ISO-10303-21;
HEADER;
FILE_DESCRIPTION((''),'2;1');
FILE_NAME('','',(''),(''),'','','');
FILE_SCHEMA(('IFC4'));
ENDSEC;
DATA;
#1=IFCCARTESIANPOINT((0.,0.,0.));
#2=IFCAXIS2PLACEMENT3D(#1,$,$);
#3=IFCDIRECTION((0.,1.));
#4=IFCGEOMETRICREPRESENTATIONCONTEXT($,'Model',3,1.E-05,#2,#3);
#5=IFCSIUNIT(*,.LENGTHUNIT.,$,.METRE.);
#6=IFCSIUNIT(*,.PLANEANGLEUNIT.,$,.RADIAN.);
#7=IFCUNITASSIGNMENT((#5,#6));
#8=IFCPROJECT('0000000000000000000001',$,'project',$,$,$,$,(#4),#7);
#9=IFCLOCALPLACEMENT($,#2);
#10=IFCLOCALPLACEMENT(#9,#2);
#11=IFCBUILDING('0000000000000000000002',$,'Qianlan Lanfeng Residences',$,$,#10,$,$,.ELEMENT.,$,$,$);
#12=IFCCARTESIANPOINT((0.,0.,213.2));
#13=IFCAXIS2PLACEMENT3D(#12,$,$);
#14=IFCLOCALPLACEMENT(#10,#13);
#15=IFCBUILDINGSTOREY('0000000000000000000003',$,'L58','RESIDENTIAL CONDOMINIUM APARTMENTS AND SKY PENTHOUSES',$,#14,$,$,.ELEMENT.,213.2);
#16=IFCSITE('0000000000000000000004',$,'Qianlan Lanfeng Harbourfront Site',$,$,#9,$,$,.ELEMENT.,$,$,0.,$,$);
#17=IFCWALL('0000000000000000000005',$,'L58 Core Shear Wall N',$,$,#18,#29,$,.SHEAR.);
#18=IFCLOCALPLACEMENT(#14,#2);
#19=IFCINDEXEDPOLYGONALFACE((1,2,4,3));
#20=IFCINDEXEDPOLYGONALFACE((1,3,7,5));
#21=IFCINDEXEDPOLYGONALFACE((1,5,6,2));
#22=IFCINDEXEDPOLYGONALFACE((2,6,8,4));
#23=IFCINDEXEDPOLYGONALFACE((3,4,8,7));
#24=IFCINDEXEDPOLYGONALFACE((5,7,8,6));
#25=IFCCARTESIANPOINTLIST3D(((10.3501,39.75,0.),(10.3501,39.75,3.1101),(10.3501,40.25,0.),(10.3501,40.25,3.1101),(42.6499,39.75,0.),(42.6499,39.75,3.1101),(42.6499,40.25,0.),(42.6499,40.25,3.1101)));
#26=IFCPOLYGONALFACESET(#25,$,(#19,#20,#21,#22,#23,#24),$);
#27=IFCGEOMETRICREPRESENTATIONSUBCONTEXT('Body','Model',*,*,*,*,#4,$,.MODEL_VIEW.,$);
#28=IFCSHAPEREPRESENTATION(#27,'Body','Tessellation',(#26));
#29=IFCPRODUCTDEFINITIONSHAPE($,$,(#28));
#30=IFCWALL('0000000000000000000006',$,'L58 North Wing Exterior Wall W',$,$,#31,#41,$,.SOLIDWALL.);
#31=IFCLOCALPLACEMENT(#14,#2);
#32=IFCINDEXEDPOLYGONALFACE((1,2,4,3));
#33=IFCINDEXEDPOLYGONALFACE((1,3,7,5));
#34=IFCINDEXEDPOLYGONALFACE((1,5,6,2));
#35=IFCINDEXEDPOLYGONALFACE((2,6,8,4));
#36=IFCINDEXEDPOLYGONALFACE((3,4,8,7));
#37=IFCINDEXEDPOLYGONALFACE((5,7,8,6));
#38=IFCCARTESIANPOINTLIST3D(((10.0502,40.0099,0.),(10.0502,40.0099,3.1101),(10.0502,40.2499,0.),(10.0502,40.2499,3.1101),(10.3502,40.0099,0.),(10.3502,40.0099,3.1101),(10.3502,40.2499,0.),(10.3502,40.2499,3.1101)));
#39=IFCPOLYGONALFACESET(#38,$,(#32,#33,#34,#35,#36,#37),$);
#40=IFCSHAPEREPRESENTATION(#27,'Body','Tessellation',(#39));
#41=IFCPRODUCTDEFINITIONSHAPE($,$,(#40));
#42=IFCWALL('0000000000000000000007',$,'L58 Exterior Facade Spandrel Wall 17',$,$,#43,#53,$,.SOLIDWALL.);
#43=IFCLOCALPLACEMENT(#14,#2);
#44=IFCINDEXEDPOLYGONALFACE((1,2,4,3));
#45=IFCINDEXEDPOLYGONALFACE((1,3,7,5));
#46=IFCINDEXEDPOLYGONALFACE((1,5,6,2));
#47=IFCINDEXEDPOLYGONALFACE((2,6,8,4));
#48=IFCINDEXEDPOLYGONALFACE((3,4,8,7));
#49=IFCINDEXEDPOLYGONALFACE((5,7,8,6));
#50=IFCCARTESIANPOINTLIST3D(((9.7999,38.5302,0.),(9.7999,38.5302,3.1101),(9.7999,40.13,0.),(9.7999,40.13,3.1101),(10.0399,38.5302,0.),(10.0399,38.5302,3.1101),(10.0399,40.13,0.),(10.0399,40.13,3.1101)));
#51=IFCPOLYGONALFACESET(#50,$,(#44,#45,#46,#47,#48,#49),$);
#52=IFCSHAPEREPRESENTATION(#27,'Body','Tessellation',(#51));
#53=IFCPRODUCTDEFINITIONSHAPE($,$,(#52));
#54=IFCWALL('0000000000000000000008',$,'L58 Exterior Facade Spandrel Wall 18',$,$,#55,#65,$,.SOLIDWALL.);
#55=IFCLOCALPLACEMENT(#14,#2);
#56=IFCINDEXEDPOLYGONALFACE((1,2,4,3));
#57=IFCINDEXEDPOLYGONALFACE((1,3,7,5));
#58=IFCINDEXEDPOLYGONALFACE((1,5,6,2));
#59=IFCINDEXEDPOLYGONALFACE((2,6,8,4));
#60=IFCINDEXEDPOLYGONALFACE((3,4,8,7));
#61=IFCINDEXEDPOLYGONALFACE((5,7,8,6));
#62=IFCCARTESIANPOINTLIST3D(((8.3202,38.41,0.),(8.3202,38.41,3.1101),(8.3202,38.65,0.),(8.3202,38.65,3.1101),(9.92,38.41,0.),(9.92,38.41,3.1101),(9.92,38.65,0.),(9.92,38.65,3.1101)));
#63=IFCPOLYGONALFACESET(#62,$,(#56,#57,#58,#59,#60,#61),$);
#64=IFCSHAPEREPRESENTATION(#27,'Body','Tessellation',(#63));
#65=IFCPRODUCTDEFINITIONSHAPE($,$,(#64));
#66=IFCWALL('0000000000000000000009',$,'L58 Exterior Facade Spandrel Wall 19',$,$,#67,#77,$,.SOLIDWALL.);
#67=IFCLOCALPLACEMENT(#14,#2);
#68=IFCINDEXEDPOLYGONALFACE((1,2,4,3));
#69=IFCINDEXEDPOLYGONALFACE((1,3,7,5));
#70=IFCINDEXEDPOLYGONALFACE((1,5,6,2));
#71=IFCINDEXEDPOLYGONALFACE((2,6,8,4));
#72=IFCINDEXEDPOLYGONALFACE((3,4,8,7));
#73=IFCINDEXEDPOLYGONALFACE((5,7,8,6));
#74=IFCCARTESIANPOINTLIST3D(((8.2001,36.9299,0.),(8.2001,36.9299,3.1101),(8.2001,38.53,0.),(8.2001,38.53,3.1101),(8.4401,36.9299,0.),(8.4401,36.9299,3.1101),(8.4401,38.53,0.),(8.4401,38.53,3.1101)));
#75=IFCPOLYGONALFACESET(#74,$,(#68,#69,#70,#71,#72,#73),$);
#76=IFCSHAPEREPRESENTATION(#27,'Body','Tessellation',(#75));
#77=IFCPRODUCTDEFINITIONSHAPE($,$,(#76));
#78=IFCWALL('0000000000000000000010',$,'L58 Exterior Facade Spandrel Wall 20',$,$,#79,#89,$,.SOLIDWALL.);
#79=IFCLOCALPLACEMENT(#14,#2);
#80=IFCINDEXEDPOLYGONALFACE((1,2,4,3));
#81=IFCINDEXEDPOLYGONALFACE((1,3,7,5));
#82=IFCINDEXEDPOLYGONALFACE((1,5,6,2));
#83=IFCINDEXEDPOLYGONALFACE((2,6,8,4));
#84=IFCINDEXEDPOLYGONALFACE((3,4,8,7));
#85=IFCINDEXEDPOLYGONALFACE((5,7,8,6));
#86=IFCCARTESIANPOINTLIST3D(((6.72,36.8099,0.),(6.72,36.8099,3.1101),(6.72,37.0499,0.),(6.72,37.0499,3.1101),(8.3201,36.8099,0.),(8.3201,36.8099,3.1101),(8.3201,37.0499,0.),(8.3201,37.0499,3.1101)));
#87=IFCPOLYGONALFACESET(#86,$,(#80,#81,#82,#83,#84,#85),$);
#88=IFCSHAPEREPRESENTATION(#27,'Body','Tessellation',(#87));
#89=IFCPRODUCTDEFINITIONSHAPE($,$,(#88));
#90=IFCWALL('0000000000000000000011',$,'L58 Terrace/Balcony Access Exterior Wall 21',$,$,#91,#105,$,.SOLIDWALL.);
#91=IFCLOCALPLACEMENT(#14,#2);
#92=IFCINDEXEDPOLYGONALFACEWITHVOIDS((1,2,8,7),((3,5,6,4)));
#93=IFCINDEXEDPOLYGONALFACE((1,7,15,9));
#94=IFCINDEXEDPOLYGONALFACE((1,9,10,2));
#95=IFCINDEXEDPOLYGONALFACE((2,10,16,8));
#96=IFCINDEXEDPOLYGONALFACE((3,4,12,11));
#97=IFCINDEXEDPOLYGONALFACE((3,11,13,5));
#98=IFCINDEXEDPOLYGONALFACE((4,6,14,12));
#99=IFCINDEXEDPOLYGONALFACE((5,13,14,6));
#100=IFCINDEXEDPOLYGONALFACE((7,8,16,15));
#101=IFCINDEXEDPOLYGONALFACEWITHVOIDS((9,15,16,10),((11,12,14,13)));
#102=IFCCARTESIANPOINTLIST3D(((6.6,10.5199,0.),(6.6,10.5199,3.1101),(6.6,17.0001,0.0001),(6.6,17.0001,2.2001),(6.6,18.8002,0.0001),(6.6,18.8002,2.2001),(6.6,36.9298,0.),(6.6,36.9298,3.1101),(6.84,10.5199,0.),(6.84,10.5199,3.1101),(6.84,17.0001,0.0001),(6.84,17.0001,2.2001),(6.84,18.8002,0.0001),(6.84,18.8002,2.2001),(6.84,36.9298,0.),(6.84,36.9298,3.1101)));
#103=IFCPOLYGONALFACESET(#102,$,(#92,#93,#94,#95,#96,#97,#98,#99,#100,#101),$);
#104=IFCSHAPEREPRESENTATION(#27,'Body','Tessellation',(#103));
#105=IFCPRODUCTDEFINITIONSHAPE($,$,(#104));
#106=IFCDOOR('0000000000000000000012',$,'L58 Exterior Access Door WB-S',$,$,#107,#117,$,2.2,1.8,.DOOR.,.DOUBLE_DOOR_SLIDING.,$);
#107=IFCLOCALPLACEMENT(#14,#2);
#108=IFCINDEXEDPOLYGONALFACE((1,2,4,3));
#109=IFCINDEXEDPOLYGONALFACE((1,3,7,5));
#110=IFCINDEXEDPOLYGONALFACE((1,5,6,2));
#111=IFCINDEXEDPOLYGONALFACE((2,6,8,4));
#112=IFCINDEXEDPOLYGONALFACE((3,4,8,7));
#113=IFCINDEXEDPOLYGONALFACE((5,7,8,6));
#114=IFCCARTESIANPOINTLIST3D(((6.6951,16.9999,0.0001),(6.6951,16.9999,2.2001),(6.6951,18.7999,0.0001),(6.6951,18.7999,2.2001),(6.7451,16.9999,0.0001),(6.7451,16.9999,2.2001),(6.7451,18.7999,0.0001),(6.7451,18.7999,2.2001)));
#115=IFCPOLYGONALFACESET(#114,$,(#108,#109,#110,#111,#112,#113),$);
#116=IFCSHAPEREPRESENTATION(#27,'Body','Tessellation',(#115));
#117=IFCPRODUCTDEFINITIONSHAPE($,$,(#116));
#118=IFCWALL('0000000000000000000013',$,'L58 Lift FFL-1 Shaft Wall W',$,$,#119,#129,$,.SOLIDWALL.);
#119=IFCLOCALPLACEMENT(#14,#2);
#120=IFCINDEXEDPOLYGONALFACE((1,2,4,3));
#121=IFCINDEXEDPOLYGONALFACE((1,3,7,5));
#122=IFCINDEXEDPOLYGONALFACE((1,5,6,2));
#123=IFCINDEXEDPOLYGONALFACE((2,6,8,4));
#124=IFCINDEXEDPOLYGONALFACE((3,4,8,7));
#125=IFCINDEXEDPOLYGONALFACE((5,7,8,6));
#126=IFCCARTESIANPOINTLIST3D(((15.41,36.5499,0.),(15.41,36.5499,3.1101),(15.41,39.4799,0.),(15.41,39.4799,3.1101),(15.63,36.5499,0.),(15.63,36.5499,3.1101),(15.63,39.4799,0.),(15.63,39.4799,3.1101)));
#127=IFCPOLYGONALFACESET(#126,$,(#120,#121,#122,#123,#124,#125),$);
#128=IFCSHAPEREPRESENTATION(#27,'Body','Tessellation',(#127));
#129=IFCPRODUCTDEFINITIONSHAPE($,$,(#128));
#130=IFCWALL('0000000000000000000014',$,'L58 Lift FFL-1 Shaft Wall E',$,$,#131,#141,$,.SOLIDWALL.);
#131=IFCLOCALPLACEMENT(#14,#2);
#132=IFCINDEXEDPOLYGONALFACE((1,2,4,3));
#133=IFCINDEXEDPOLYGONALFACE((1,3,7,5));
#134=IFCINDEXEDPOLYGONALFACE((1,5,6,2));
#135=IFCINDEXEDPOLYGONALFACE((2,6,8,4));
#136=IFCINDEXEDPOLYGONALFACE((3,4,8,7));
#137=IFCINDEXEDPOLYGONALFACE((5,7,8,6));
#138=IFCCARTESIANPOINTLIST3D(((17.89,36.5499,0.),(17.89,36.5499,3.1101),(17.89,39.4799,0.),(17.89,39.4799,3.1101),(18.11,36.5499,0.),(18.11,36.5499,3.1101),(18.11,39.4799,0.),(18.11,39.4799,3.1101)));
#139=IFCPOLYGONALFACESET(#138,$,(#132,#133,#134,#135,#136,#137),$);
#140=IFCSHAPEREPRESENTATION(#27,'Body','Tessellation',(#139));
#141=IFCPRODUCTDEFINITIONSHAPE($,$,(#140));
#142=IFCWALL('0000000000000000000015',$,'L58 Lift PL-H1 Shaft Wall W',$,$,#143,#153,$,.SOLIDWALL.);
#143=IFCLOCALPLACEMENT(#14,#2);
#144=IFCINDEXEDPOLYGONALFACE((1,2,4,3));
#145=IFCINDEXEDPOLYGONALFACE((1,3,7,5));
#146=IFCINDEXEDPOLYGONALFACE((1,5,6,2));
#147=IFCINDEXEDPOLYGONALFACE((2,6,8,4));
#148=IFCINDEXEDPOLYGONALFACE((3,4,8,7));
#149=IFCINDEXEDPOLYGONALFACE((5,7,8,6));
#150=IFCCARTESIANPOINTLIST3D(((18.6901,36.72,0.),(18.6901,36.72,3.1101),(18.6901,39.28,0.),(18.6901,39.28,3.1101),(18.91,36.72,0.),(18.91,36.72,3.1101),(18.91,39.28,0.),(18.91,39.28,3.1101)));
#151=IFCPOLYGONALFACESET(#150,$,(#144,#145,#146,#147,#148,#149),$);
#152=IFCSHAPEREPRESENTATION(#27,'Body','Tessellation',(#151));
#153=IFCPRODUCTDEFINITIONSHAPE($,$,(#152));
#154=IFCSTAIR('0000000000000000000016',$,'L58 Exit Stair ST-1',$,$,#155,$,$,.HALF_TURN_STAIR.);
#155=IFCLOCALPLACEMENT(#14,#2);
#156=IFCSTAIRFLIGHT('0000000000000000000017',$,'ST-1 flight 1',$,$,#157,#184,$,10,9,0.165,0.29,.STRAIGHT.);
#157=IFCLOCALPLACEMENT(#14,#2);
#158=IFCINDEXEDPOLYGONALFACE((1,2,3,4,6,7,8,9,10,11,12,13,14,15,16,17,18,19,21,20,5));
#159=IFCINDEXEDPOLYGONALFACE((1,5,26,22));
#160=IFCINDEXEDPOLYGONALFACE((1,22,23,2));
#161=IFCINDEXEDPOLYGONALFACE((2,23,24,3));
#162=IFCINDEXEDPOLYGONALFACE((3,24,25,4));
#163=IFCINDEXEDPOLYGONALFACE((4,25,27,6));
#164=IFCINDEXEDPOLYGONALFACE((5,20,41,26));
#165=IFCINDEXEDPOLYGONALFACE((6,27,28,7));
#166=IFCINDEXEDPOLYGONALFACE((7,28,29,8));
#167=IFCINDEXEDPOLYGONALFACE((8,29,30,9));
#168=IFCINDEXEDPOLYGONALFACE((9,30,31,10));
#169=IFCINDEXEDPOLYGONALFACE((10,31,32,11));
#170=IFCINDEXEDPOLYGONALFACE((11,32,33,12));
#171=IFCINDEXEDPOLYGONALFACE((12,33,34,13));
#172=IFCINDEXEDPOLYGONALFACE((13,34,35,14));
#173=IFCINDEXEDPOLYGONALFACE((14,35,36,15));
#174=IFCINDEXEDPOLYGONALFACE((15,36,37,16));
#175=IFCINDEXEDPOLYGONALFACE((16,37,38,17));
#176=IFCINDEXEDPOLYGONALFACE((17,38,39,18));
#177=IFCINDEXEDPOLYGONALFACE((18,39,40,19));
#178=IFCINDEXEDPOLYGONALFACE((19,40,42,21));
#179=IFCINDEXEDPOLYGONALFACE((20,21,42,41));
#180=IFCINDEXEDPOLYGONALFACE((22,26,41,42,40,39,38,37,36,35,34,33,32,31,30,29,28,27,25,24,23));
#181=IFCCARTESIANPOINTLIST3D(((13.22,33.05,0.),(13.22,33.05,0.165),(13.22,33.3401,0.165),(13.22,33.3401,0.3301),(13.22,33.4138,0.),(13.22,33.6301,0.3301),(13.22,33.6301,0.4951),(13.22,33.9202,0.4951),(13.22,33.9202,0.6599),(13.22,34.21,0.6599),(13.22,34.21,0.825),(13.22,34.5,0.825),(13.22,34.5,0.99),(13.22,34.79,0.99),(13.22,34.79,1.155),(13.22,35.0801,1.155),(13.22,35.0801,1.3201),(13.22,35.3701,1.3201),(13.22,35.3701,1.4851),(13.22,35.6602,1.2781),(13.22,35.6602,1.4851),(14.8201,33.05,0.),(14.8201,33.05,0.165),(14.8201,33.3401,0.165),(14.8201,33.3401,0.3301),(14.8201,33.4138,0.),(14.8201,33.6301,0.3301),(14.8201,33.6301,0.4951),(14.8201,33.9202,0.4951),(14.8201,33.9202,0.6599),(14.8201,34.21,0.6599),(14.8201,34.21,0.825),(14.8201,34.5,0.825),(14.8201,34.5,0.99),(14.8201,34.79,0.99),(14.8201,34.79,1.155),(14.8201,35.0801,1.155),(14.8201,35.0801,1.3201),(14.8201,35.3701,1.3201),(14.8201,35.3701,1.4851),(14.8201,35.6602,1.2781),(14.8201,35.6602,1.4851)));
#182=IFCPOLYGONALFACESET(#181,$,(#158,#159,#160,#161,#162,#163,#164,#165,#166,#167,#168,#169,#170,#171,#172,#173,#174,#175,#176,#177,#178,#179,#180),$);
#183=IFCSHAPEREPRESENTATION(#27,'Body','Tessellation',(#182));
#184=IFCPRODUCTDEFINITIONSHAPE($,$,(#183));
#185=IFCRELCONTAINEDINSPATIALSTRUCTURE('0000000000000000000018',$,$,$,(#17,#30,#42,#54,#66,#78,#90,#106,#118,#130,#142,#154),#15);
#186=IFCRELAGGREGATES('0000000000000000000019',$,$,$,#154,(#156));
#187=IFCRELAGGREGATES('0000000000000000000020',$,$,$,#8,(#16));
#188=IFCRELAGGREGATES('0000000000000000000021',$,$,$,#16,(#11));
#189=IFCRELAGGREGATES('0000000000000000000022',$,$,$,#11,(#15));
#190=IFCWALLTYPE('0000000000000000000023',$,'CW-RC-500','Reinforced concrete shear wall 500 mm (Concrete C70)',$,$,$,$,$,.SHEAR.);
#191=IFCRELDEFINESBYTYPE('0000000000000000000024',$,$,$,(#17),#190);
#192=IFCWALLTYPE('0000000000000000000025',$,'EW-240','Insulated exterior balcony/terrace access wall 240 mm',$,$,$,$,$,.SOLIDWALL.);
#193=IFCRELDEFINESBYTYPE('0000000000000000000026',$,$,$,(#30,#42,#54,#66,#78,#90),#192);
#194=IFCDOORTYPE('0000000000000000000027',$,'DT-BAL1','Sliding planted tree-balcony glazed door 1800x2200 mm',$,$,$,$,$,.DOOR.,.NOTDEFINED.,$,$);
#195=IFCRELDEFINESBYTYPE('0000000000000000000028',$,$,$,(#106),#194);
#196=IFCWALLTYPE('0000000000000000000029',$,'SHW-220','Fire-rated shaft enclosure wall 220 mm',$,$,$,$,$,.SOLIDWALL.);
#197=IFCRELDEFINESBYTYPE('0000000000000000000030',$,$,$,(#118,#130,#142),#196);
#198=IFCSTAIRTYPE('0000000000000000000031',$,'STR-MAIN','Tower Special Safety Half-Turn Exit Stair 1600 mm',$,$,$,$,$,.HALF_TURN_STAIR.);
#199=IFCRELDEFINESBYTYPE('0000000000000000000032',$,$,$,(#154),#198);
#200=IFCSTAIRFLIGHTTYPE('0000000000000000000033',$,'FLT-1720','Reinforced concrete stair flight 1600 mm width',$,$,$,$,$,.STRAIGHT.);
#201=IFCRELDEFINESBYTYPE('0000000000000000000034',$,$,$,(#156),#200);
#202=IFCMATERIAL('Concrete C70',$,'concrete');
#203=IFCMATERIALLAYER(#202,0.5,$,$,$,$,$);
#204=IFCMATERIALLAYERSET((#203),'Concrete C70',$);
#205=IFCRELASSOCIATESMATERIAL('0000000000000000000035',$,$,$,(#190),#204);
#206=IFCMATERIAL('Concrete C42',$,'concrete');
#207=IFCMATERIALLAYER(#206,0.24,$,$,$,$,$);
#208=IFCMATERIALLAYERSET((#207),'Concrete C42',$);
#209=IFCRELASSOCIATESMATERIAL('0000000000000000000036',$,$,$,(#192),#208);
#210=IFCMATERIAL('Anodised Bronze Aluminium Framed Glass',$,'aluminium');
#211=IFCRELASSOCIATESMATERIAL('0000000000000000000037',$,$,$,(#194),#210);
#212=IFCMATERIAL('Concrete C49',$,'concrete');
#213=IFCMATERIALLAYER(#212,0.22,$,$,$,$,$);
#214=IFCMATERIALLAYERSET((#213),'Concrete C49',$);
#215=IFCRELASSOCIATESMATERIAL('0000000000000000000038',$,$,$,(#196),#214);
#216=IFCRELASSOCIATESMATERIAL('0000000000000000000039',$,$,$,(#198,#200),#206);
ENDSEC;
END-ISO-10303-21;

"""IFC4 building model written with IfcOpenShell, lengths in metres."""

from ifc_helpers import new_model, si_unit, direction, frame, frame_2d, origin, place, context, subcontext, project, spatial, polyline, rectangle, outline, extrude, material, layer, layer_set, type_object, element, fill, aggregate, save


model = new_model("IFC4")

# Units and contexts
model_context = context("Model", 3, precision=1e-05, world=origin(), true_north=direction((0.0, 1.0)))
body_context = subcontext(model_context, "Body", "Model", "MODEL_VIEW")
ifc_project = project(units=[si_unit("LENGTHUNIT", "METRE"), si_unit("PLANEANGLEUNIT", "RADIAN")], contexts=[model_context])

# Site, building, storey
site_placement = place(None, origin())
site = spatial("IfcSite", under=ifc_project, at=site_placement, Name="Qianlan Lanfeng Harbourfront Site", CompositionType="ELEMENT", RefElevation=0.0)
building_placement = place(site_placement, origin())
building = spatial("IfcBuilding", under=site, at=building_placement, Name="Qianlan Lanfeng Residences", CompositionType="ELEMENT")
storey_placement = place(building_placement, frame((0.0, 0.0, 213.2)))
storey = spatial("IfcBuildingStorey", under=building, at=storey_placement, Name="L58", Description="RESIDENTIAL CONDOMINIUM APARTMENTS AND SKY PENTHOUSES", CompositionType="ELEMENT", Elevation=213.2)

# Shared definitions
ifc_material_1 = material(Name="Concrete C49", Category="concrete")

# Walls
ifc_material_2 = material(Name="Concrete C70", Category="concrete")
ifc_layer_1 = layer(ifc_material_2, 0.5)
ifc_layer_set_1 = layer_set([ifc_layer_1], Name="Concrete C70")
wall_type_1 = type_object("IfcWallType", Name="CW-RC-500", Description="Reinforced concrete shear wall 500 mm (Concrete C70)", PredefinedType="SHEAR", material=ifc_layer_set_1)
wall_1_placement = place(storey_placement, frame((10.3501, 40.0, 0.0), z_axis=(0.0, 0.0, 1.0), x_axis=(1.0, 0.0, 0.0)))
element("IfcWall", 1, at=wall_1_placement, inside=storey, type_object=wall_type_1, Name="L58 Core Shear Wall N", PredefinedType="SHEAR", context=body_context, shape_type="SweptSolid", body=[
    extrude(rectangle(XDim=32.2998, YDim=0.5, at=frame_2d((16.1499, 0.0))), origin(), (0.0, 0.0, 1.0), 3.1101),
])
ifc_material_3 = material(Name="Concrete C42", Category="concrete")
ifc_layer_2 = layer(ifc_material_3, 0.24)
ifc_layer_set_2 = layer_set([ifc_layer_2], Name="Concrete C42")
wall_type_2 = type_object("IfcWallType", Name="EW-240", Description="Insulated exterior balcony/terrace access wall 240 mm", PredefinedType="SOLIDWALL", material=ifc_layer_set_2)
wall_2_placement = place(storey_placement, frame((10.3501, 40.1299, 0.0), z_axis=(0.0, 0.0, 1.0), x_axis=(-1.0, 0.0, 0.0)))
element("IfcWall", 2, at=wall_2_placement, inside=storey, type_object=wall_type_2, Name="L58 North Wing Exterior Wall W", PredefinedType="SOLIDWALL", context=body_context, shape_type="SweptSolid", body=[
    extrude(rectangle(XDim=0.3, YDim=0.24, at=frame_2d((0.1499, 0.0))), origin(), (0.0, 0.0, 1.0), 3.1101),
])
for number, where, z_axis, x_axis, name in (
    (3, (9.9199, 40.1299, 0.0), (0.0, 0.0, 1.0), (0.0, -1.0, 0.0), "L58 Exterior Facade Spandrel Wall 17"),
    (4, (9.9199, 38.53, 0.0), (0.0, 0.0, 1.0), (-1.0, 0.0, 0.0), "L58 Exterior Facade Spandrel Wall 18"),
):
    element("IfcWall", number, at=place(storey_placement, frame(where, z_axis=z_axis, x_axis=x_axis)), inside=storey, type_object=wall_type_2, Name=name, PredefinedType="SOLIDWALL", context=body_context, shape_type="SweptSolid", body=[
        extrude(rectangle(XDim=1.5999, YDim=0.24, at=frame_2d((0.7998, 0.0))), origin(), (0.0, 0.0, 1.0), 3.1101),
    ])
for number, where, z_axis, x_axis, name in (
    (5, (8.3201, 38.53, 0.0), (0.0, 0.0, 1.0), (0.0, -1.0, 0.0), "L58 Exterior Facade Spandrel Wall 19"),
    (6, (8.3201, 36.9299, 0.0), (0.0, 0.0, 1.0), (-1.0, 0.0, 0.0), "L58 Exterior Facade Spandrel Wall 20"),
):
    element("IfcWall", number, at=place(storey_placement, frame(where, z_axis=z_axis, x_axis=x_axis)), inside=storey, type_object=wall_type_2, Name=name, PredefinedType="SOLIDWALL", context=body_context, shape_type="SweptSolid", body=[
        extrude(rectangle(XDim=1.6001, YDim=0.24, at=frame_2d((0.8, 0.0))), origin(), (0.0, 0.0, 1.0), 3.1101),
    ])

# Wall, opening, door
wall_3_placement = place(storey_placement, frame((6.72, 36.9299, 0.0), z_axis=(0.0, 0.0, 1.0), x_axis=(0.0, -1.0, 0.0)))
wall_3 = element("IfcWall", 7, at=wall_3_placement, inside=storey, type_object=wall_type_2, Name="L58 Terrace/Balcony Access Exterior Wall 21", PredefinedType="SOLIDWALL", context=body_context, shape_type="SweptSolid", body=[
    extrude(rectangle(XDim=26.4099, YDim=0.24, at=frame_2d((13.2051, 0.0))), origin(), (0.0, 0.0, 1.0), 3.1101),
])
opening_1_placement = place(wall_3_placement, frame((18.1299, 0.0, 0.0)))
opening_1 = element("IfcOpeningElement", 8, at=opening_1_placement, cuts=wall_3, PredefinedType="OPENING", context=body_context, shape_type="SweptSolid", body=[
    extrude(rectangle(XDim=1.8, YDim=2.2, at=frame_2d((0.8999, 1.1001))), frame((0.0, 0.1299, 0.0), z_axis=(0.0, -1.0, 0.0), x_axis=(1.0, 0.0, 0.0)), (0.0, 0.0, 1.0), 0.26),
])
ifc_material_4 = material(Name="Anodised Bronze Aluminium Framed Glass", Category="aluminium")
door_type_1 = type_object("IfcDoorType", Name="DT-BAL1", Description="Sliding planted tree-balcony glazed door 1800x2200 mm", OperationType="NOTDEFINED", PredefinedType="DOOR", material=ifc_material_4)
door_1_placement = place(opening_1_placement, frame((1.8, 0.0, 0.0), z_axis=(0.0, 0.0, 1.0), x_axis=(-1.0, 0.0, 0.0)))
door_1 = element("IfcDoor", 9, at=door_1_placement, inside=storey, type_object=door_type_1, Name="L58 Exterior Access Door WB-S", OperationType="DOUBLE_DOOR_SLIDING", OverallHeight=2.2, OverallWidth=1.8, PredefinedType="DOOR", context=body_context, shape_type="SweptSolid", body=[
    extrude(rectangle(XDim=1.8, YDim=2.2, at=frame_2d((0.8999, 1.1001))), frame((0.0, 0.0249, 0.0), z_axis=(0.0, -1.0, 0.0), x_axis=(1.0, 0.0, 0.0)), (0.0, 0.0, 1.0), 0.05),
])
fill(opening_1, door_1)

# Walls
ifc_layer_3 = layer(ifc_material_1, 0.22)
ifc_layer_set_3 = layer_set([ifc_layer_3], Name="Concrete C49")
wall_type_3 = type_object("IfcWallType", Name="SHW-220", Description="Fire-rated shaft enclosure wall 220 mm", PredefinedType="SOLIDWALL", material=ifc_layer_set_3)
for number, where, z_axis, x_axis, name in (
    (10, (15.52, 36.55, 0.0), (0.0, 0.0, 1.0), (0.0, 1.0, 0.0), "L58 Lift FFL-1 Shaft Wall W"),
    (11, (18.0, 36.55, 0.0), (0.0, 0.0, 1.0), (0.0, 1.0, 0.0), "L58 Lift FFL-1 Shaft Wall E"),
):
    element("IfcWall", number, at=place(storey_placement, frame(where, z_axis=z_axis, x_axis=x_axis)), inside=storey, type_object=wall_type_3, Name=name, PredefinedType="SOLIDWALL", context=body_context, shape_type="SweptSolid", body=[
        extrude(rectangle(XDim=2.9299, YDim=0.22, at=frame_2d((1.4648, 0.0))), origin(), (0.0, 0.0, 1.0), 3.1101),
    ])
wall_4_placement = place(storey_placement, frame((18.8, 36.72, 0.0), z_axis=(0.0, 0.0, 1.0), x_axis=(0.0, 1.0, 0.0)))
element("IfcWall", 12, at=wall_4_placement, inside=storey, type_object=wall_type_3, Name="L58 Lift PL-H1 Shaft Wall W", PredefinedType="SOLIDWALL", context=body_context, shape_type="SweptSolid", body=[
    extrude(rectangle(XDim=2.5601, YDim=0.22, at=frame_2d((1.28, 0.0))), origin(), (0.0, 0.0, 1.0), 3.1101),
])

# Stair, stair flight
stair_type = type_object("IfcStairType", Name="STR-MAIN", Description="Tower Special Safety Half-Turn Exit Stair 1600 mm", PredefinedType="HALF_TURN_STAIR", material=ifc_material_3)
stair_placement = place(storey_placement, origin())
stair = element("IfcStair", 13, at=stair_placement, inside=storey, type_object=stair_type, Name="L58 Exit Stair ST-1", PredefinedType="HALF_TURN_STAIR")
stair_flight_type = type_object("IfcStairFlightType", Name="FLT-1720", Description="Reinforced concrete stair flight 1600 mm width", PredefinedType="STRAIGHT", material=ifc_material_3)
stair_flight_1_placement = place(storey_placement, frame((14.02, 33.05, 0.0), z_axis=(0.0, 0.0, 1.0), x_axis=(0.0, 1.0, 0.0)))
stair_flight_1 = element("IfcStairFlight", 14, at=stair_flight_1_placement, type_object=stair_flight_type, Name="ST-1 flight 1", NumberOfRisers=10, NumberOfTreads=9, PredefinedType="STRAIGHT", RiserHeight=0.165, TreadLength=0.29, context=body_context, shape_type="SweptSolid", body=[
    extrude(outline(polyline([(0.0, 0.0), (0.0, 0.165), (0.29, 0.165), (0.29, 0.3301), (0.5801, 0.3301), (0.5801, 0.4951), (0.8701, 0.4951), (0.8701, 0.6599), (1.1599, 0.6599), (1.1599, 0.825), (1.45, 0.825), (1.45, 0.99), (1.74, 0.99), (1.74, 1.155), (2.03, 1.155), (2.03, 1.3201), (2.3201, 1.3201), (2.3201, 1.4851), (2.6101, 1.4851), (2.6101, 1.6499), (2.6101, 1.2781), (0.3638, 0.0), (0.0, 0.0)])), frame((0.0, 0.8, 0.0), z_axis=(0.0, -1.0, 0.0), x_axis=(1.0, 0.0, 0.0)), (0.0, 0.0, 1.0), 1.6001),
])
aggregate(stair, [stair_flight_1])

save(model, "model.ifc")
